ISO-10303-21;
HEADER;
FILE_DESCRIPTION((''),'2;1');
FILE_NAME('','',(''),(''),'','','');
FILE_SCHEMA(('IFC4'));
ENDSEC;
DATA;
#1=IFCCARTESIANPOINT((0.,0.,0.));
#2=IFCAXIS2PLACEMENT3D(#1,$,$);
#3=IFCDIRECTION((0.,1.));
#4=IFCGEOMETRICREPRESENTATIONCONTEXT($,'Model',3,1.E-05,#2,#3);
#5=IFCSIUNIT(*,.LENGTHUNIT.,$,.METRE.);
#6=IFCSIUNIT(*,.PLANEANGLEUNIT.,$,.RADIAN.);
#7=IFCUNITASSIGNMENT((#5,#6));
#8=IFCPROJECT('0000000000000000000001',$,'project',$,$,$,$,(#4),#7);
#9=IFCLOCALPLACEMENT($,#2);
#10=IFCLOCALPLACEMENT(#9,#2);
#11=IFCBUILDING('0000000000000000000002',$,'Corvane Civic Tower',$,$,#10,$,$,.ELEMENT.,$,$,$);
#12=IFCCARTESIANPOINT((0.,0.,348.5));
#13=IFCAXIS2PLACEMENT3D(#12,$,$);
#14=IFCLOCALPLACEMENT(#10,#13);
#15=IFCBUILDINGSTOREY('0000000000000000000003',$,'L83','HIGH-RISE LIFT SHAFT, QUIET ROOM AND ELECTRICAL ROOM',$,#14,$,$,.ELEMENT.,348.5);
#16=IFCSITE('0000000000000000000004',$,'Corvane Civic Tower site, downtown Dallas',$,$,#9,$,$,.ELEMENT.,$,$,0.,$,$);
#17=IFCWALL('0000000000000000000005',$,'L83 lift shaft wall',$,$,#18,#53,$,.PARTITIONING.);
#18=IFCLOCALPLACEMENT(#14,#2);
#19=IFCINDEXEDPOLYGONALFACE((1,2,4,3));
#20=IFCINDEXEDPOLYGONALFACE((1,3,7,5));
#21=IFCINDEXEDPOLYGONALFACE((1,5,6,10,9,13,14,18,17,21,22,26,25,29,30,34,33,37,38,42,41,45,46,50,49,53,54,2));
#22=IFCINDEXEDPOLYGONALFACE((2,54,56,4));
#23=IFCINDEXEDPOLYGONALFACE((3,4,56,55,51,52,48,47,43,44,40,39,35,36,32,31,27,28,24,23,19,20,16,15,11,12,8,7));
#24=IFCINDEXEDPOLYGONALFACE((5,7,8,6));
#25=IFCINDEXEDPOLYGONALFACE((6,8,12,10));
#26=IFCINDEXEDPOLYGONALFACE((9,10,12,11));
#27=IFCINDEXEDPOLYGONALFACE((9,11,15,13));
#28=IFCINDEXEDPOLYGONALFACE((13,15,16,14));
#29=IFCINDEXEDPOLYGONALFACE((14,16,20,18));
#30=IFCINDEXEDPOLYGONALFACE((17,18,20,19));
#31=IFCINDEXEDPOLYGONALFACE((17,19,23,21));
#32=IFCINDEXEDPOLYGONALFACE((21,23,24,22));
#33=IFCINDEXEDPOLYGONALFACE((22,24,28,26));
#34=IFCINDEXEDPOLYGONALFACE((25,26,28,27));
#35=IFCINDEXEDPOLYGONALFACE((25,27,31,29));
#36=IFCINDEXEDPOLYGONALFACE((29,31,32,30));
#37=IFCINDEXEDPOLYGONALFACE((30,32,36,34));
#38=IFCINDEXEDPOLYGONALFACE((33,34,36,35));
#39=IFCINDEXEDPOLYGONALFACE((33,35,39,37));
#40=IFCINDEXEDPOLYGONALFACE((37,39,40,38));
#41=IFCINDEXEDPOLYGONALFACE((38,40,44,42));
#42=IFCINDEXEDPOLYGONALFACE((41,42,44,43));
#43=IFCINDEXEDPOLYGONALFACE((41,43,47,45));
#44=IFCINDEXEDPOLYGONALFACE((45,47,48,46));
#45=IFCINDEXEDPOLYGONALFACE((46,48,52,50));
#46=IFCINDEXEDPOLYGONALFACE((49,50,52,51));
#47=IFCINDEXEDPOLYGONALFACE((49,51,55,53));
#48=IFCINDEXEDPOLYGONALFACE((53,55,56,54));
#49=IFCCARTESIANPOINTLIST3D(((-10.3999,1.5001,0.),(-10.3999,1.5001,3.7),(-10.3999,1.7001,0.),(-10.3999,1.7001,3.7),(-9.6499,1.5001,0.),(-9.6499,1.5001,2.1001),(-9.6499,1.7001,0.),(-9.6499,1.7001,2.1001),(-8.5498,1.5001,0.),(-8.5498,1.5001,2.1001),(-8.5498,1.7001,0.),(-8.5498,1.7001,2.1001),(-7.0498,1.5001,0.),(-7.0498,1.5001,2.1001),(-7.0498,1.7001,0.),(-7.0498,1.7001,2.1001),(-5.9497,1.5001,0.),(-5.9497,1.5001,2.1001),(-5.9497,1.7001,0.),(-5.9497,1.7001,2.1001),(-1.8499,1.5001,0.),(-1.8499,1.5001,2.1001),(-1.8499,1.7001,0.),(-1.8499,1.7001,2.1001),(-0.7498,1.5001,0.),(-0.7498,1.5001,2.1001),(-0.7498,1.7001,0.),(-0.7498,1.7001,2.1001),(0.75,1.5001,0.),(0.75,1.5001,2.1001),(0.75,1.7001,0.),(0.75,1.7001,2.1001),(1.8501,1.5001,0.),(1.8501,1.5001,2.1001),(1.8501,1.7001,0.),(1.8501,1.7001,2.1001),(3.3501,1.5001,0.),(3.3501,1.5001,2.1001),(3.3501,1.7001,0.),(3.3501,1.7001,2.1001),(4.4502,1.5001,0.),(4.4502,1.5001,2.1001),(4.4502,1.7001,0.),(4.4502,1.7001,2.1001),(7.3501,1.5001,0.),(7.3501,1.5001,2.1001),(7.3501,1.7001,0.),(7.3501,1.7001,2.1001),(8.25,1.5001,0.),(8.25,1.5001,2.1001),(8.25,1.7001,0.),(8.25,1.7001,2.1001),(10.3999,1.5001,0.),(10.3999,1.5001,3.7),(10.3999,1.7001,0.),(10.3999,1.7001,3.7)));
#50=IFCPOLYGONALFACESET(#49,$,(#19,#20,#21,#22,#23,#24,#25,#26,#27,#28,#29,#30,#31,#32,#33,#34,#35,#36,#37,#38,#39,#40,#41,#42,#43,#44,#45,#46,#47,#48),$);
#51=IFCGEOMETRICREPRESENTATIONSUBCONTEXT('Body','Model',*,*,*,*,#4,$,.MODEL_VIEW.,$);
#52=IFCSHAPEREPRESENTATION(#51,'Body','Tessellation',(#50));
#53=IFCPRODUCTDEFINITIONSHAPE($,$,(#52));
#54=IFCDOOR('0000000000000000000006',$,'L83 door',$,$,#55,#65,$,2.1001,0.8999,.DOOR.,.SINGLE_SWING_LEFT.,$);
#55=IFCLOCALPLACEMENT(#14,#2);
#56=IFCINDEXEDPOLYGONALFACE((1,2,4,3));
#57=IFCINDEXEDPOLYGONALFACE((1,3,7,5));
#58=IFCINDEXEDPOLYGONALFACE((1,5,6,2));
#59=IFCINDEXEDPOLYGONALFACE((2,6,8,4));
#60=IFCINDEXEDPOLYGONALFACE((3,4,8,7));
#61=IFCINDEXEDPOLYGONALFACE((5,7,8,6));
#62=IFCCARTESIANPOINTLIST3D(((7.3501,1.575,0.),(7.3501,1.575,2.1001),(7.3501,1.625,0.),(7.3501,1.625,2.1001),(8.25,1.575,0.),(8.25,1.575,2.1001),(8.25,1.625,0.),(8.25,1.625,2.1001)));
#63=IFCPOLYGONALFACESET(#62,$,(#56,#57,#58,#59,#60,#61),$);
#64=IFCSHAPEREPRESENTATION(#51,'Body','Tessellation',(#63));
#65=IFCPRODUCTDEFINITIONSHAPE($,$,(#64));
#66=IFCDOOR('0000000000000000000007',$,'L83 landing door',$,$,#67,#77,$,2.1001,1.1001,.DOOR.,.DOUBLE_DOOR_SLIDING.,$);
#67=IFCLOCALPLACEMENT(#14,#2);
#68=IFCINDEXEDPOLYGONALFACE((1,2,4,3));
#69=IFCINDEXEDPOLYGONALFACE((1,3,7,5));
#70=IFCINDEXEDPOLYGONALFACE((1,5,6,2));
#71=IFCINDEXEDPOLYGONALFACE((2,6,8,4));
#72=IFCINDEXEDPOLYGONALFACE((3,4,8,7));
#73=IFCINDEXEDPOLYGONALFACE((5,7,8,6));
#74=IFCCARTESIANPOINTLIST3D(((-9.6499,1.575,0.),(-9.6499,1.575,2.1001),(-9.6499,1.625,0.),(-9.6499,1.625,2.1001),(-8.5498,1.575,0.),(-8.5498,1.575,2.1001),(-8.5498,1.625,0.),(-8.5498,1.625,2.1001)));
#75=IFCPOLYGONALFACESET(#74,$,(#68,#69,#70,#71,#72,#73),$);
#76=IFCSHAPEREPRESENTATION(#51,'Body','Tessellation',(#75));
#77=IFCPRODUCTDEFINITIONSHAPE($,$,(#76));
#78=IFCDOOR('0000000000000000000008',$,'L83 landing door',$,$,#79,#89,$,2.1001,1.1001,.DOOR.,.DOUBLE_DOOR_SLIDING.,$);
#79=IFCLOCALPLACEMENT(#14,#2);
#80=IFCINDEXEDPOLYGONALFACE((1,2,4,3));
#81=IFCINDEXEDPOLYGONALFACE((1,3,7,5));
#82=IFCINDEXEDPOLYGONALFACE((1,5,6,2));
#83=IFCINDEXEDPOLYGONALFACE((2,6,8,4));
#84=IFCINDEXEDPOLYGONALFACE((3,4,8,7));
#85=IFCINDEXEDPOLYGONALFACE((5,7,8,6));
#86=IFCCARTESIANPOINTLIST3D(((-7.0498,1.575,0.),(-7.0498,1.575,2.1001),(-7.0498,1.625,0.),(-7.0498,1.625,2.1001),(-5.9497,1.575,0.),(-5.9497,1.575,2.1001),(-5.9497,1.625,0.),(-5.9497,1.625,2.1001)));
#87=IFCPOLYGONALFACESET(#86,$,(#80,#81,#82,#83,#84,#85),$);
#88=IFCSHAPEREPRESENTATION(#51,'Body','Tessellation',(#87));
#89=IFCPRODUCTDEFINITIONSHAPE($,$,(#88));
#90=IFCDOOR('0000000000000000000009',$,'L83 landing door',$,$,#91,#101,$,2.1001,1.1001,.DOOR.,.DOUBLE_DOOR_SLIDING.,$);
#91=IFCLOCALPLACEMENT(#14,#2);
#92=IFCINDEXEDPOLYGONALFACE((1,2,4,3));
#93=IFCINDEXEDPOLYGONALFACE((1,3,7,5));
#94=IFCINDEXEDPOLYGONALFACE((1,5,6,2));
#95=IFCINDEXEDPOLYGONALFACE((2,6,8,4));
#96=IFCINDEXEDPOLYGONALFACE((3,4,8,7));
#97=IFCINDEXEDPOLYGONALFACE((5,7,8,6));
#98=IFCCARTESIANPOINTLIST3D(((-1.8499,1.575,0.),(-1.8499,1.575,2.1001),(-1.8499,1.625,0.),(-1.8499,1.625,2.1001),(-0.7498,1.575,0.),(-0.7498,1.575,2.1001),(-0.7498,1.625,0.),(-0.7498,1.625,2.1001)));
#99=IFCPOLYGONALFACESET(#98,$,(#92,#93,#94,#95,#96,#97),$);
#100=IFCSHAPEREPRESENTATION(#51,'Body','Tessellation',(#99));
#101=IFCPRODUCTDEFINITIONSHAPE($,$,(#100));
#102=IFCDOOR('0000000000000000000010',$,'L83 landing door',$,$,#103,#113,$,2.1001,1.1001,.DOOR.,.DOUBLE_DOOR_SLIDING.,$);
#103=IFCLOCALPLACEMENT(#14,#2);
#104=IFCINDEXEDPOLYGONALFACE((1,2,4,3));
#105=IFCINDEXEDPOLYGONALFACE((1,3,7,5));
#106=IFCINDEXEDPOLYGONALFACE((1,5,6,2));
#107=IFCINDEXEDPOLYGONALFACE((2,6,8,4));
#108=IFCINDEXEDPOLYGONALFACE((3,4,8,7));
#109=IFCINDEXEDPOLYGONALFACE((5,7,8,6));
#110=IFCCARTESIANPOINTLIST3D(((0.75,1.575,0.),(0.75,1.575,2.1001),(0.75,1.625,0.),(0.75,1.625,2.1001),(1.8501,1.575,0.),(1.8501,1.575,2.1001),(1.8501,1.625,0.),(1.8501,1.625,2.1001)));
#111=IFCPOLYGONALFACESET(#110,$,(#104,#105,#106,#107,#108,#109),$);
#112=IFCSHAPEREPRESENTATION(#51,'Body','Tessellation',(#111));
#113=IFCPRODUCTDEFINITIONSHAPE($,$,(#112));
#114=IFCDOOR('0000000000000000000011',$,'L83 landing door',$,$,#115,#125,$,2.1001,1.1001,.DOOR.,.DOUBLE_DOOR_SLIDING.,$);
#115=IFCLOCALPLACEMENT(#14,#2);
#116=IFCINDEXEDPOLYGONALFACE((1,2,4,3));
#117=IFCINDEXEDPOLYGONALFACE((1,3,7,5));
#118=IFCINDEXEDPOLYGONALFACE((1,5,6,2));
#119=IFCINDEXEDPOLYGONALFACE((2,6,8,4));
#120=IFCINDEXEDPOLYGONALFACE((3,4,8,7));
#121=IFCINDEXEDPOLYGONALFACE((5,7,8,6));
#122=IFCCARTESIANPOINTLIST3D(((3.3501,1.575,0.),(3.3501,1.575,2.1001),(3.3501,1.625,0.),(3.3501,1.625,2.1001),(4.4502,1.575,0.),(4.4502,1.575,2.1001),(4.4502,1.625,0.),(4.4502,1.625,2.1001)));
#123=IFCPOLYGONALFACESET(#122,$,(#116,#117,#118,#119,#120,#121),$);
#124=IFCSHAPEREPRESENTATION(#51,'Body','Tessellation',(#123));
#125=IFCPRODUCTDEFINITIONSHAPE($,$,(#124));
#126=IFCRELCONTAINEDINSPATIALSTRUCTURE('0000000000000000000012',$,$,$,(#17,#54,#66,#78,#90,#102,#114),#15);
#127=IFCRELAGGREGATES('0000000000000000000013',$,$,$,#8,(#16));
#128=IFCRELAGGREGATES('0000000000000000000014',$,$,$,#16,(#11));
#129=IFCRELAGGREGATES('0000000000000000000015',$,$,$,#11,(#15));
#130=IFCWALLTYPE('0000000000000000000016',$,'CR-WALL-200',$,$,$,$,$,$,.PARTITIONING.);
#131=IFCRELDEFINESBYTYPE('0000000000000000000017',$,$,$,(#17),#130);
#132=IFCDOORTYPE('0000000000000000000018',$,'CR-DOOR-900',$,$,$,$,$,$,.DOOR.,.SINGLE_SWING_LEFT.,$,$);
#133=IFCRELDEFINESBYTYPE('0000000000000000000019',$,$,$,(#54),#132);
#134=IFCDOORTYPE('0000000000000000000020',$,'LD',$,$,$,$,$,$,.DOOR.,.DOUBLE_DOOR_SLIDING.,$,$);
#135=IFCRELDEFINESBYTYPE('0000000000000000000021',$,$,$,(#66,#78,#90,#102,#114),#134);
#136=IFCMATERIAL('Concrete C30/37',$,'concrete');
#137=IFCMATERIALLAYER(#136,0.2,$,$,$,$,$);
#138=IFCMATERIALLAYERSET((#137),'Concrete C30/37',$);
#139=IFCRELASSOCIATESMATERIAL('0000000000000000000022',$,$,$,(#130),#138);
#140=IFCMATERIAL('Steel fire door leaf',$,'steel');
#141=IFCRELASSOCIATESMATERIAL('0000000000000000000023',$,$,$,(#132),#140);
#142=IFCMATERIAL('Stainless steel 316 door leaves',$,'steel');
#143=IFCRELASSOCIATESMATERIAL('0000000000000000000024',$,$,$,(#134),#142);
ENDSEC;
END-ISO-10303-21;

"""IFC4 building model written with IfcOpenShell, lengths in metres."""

from ifc_helpers import new_model, si_unit, direction, frame, frame_2d, origin, place, context, subcontext, project, spatial, rectangle, extrude, material, layer, layer_set, type_object, element, fill, save


model = new_model("IFC4")

# Units and contexts
model_context = context("Model", 3, precision=1e-05, world=origin(), true_north=direction((0.0, 1.0)))
body_context = subcontext(model_context, "Body", "Model", "MODEL_VIEW")
ifc_project = project(units=[si_unit("LENGTHUNIT", "METRE"), si_unit("PLANEANGLEUNIT", "RADIAN")], contexts=[model_context])

# Site, building, storey
site_placement = place(None, origin())
site = spatial("IfcSite", under=ifc_project, at=site_placement, Name="Corvane Civic Tower site, downtown Dallas", CompositionType="ELEMENT", RefElevation=0.0)
building_placement = place(site_placement, origin())
building = spatial("IfcBuilding", under=site, at=building_placement, Name="Corvane Civic Tower", CompositionType="ELEMENT")
storey_placement = place(building_placement, frame((0.0, 0.0, 348.5)))
storey = spatial("IfcBuildingStorey", under=building, at=storey_placement, Name="L83", Description="HIGH-RISE LIFT SHAFT, QUIET ROOM AND ELECTRICAL ROOM", CompositionType="ELEMENT", Elevation=348.5)

# Wall, openings, doors
ifc_material_1 = material(Name="Concrete C30/37", Category="concrete")
ifc_layer_1 = layer(ifc_material_1, 0.2)
ifc_layer_set_1 = layer_set([ifc_layer_1], Name="Concrete C30/37")
wall_type_1 = type_object("IfcWallType", Name="CR-WALL-200", PredefinedType="PARTITIONING", material=ifc_layer_set_1)
wall_1_placement = place(storey_placement, frame((-10.3999, 1.6001, 0.0), z_axis=(0.0, 0.0, 1.0), x_axis=(1.0, 0.0, 0.0)))
wall_1 = element("IfcWall", 1, at=wall_1_placement, inside=storey, type_object=wall_type_1, Name="L83 lift shaft wall", PredefinedType="PARTITIONING", context=body_context, shape_type="SweptSolid", body=[
    extrude(rectangle(XDim=20.7998, YDim=0.2, at=frame_2d((10.3999, 0.0))), origin(), (0.0, 0.0, 1.0), 3.7),
])
opening_1_placement = place(wall_1_placement, frame((0.75, 0.0, 0.0)))
opening_1 = element("IfcOpeningElement", 2, at=opening_1_placement, cuts=wall_1, PredefinedType="OPENING", context=body_context, shape_type="SweptSolid", body=[
    extrude(rectangle(XDim=1.1001, YDim=2.1001, at=frame_2d((0.55, 1.05))), frame((0.0, 0.1099, 0.0), z_axis=(0.0, -1.0, 0.0), x_axis=(1.0, 0.0, 0.0)), (0.0, 0.0, 1.0), 0.22),
])
opening_2_placement = place(wall_1_placement, frame((3.3501, 0.0, 0.0)))
opening_2 = element("IfcOpeningElement", 3, at=opening_2_placement, cuts=wall_1, PredefinedType="OPENING", context=body_context, shape_type="SweptSolid", body=[
    extrude(rectangle(XDim=1.1001, YDim=2.1001, at=frame_2d((0.55, 1.05))), frame((0.0, 0.1099, 0.0), z_axis=(0.0, -1.0, 0.0), x_axis=(1.0, 0.0, 0.0)), (0.0, 0.0, 1.0), 0.22),
])
opening_3_placement = place(wall_1_placement, frame((8.55, 0.0, 0.0)))
opening_3 = element("IfcOpeningElement", 4, at=opening_3_placement, cuts=wall_1, PredefinedType="OPENING", context=body_context, shape_type="SweptSolid", body=[
    extrude(rectangle(XDim=1.1001, YDim=2.1001, at=frame_2d((0.55, 1.05))), frame((0.0, 0.1099, 0.0), z_axis=(0.0, -1.0, 0.0), x_axis=(1.0, 0.0, 0.0)), (0.0, 0.0, 1.0), 0.22),
])
opening_4_placement = place(wall_1_placement, frame((11.1499, 0.0, 0.0)))
opening_4 = element("IfcOpeningElement", 5, at=opening_4_placement, cuts=wall_1, PredefinedType="OPENING", context=body_context, shape_type="SweptSolid", body=[
    extrude(rectangle(XDim=1.1001, YDim=2.1001, at=frame_2d((0.55, 1.05))), frame((0.0, 0.1099, 0.0), z_axis=(0.0, -1.0, 0.0), x_axis=(1.0, 0.0, 0.0)), (0.0, 0.0, 1.0), 0.22),
])
opening_5_placement = place(wall_1_placement, frame((13.75, 0.0, 0.0)))
opening_5 = element("IfcOpeningElement", 6, at=opening_5_placement, cuts=wall_1, PredefinedType="OPENING", context=body_context, shape_type="SweptSolid", body=[
    extrude(rectangle(XDim=1.1001, YDim=2.1001, at=frame_2d((0.55, 1.05))), frame((0.0, 0.1099, 0.0), z_axis=(0.0, -1.0, 0.0), x_axis=(1.0, 0.0, 0.0)), (0.0, 0.0, 1.0), 0.22),
])
opening_6_placement = place(wall_1_placement, frame((17.75, 0.0, 0.0)))
opening_6 = element("IfcOpeningElement", 7, at=opening_6_placement, cuts=wall_1, PredefinedType="OPENING", context=body_context, shape_type="SweptSolid", body=[
    extrude(rectangle(XDim=0.8999, YDim=2.1001, at=frame_2d((0.45, 1.05))), frame((0.0, 0.1099, 0.0), z_axis=(0.0, -1.0, 0.0), x_axis=(1.0, 0.0, 0.0)), (0.0, 0.0, 1.0), 0.22),
])
ifc_material_2 = material(Name="Steel fire door leaf", Category="steel")
door_type_1 = type_object("IfcDoorType", Name="CR-DOOR-900", OperationType="SINGLE_SWING_LEFT", PredefinedType="DOOR", material=ifc_material_2)
door_1_placement = place(opening_6_placement, origin())
door_1 = element("IfcDoor", 8, at=door_1_placement, inside=storey, type_object=door_type_1, Name="L83 door", OperationType="SINGLE_SWING_LEFT", OverallHeight=2.1001, OverallWidth=0.8999, PredefinedType="DOOR", context=body_context, shape_type="SweptSolid", body=[
    extrude(rectangle(XDim=0.8999, YDim=2.1001, at=frame_2d((0.45, 1.05))), frame((0.0, 0.0249, 0.0), z_axis=(0.0, -1.0, 0.0), x_axis=(1.0, 0.0, 0.0)), (0.0, 0.0, 1.0), 0.05),
])
fill(opening_6, door_1)
ifc_material_3 = material(Name="Stainless steel 316 door leaves", Category="steel")
door_type_2 = type_object("IfcDoorType", Name="LD", OperationType="DOUBLE_DOOR_SLIDING", PredefinedType="DOOR", material=ifc_material_3)
door_2_placement = place(opening_1_placement, origin())
door_2 = element("IfcDoor", 9, at=door_2_placement, inside=storey, type_object=door_type_2, Name="L83 landing door", OperationType="DOUBLE_DOOR_SLIDING", OverallHeight=2.1001, OverallWidth=1.1001, PredefinedType="DOOR", context=body_context, shape_type="SweptSolid", body=[
    extrude(rectangle(XDim=1.1001, YDim=2.1001, at=frame_2d((0.55, 1.05))), frame((0.0, 0.0249, 0.0), z_axis=(0.0, -1.0, 0.0), x_axis=(1.0, 0.0, 0.0)), (0.0, 0.0, 1.0), 0.05),
])
fill(opening_1, door_2)
door_3_placement = place(opening_2_placement, origin())
door_3 = element("IfcDoor", 10, at=door_3_placement, inside=storey, type_object=door_type_2, Name="L83 landing door", OperationType="DOUBLE_DOOR_SLIDING", OverallHeight=2.1001, OverallWidth=1.1001, PredefinedType="DOOR", context=body_context, shape_type="SweptSolid", body=[
    extrude(rectangle(XDim=1.1001, YDim=2.1001, at=frame_2d((0.55, 1.05))), frame((0.0, 0.0249, 0.0), z_axis=(0.0, -1.0, 0.0), x_axis=(1.0, 0.0, 0.0)), (0.0, 0.0, 1.0), 0.05),
])
fill(opening_2, door_3)
door_4_placement = place(opening_3_placement, origin())
door_4 = element("IfcDoor", 11, at=door_4_placement, inside=storey, type_object=door_type_2, Name="L83 landing door", OperationType="DOUBLE_DOOR_SLIDING", OverallHeight=2.1001, OverallWidth=1.1001, PredefinedType="DOOR", context=body_context, shape_type="SweptSolid", body=[
    extrude(rectangle(XDim=1.1001, YDim=2.1001, at=frame_2d((0.55, 1.05))), frame((0.0, 0.0249, 0.0), z_axis=(0.0, -1.0, 0.0), x_axis=(1.0, 0.0, 0.0)), (0.0, 0.0, 1.0), 0.05),
])
fill(opening_3, door_4)
door_5_placement = place(opening_4_placement, origin())
door_5 = element("IfcDoor", 12, at=door_5_placement, inside=storey, type_object=door_type_2, Name="L83 landing door", OperationType="DOUBLE_DOOR_SLIDING", OverallHeight=2.1001, OverallWidth=1.1001, PredefinedType="DOOR", context=body_context, shape_type="SweptSolid", body=[
    extrude(rectangle(XDim=1.1001, YDim=2.1001, at=frame_2d((0.55, 1.05))), frame((0.0, 0.0249, 0.0), z_axis=(0.0, -1.0, 0.0), x_axis=(1.0, 0.0, 0.0)), (0.0, 0.0, 1.0), 0.05),
])
fill(opening_4, door_5)
door_6_placement = place(opening_5_placement, origin())
door_6 = element("IfcDoor", 13, at=door_6_placement, inside=storey, type_object=door_type_2, Name="L83 landing door", OperationType="DOUBLE_DOOR_SLIDING", OverallHeight=2.1001, OverallWidth=1.1001, PredefinedType="DOOR", context=body_context, shape_type="SweptSolid", body=[
    extrude(rectangle(XDim=1.1001, YDim=2.1001, at=frame_2d((0.55, 1.05))), frame((0.0, 0.0249, 0.0), z_axis=(0.0, -1.0, 0.0), x_axis=(1.0, 0.0, 0.0)), (0.0, 0.0, 1.0), 0.05),
])
fill(opening_5, door_6)

save(model, "model.ifc")
